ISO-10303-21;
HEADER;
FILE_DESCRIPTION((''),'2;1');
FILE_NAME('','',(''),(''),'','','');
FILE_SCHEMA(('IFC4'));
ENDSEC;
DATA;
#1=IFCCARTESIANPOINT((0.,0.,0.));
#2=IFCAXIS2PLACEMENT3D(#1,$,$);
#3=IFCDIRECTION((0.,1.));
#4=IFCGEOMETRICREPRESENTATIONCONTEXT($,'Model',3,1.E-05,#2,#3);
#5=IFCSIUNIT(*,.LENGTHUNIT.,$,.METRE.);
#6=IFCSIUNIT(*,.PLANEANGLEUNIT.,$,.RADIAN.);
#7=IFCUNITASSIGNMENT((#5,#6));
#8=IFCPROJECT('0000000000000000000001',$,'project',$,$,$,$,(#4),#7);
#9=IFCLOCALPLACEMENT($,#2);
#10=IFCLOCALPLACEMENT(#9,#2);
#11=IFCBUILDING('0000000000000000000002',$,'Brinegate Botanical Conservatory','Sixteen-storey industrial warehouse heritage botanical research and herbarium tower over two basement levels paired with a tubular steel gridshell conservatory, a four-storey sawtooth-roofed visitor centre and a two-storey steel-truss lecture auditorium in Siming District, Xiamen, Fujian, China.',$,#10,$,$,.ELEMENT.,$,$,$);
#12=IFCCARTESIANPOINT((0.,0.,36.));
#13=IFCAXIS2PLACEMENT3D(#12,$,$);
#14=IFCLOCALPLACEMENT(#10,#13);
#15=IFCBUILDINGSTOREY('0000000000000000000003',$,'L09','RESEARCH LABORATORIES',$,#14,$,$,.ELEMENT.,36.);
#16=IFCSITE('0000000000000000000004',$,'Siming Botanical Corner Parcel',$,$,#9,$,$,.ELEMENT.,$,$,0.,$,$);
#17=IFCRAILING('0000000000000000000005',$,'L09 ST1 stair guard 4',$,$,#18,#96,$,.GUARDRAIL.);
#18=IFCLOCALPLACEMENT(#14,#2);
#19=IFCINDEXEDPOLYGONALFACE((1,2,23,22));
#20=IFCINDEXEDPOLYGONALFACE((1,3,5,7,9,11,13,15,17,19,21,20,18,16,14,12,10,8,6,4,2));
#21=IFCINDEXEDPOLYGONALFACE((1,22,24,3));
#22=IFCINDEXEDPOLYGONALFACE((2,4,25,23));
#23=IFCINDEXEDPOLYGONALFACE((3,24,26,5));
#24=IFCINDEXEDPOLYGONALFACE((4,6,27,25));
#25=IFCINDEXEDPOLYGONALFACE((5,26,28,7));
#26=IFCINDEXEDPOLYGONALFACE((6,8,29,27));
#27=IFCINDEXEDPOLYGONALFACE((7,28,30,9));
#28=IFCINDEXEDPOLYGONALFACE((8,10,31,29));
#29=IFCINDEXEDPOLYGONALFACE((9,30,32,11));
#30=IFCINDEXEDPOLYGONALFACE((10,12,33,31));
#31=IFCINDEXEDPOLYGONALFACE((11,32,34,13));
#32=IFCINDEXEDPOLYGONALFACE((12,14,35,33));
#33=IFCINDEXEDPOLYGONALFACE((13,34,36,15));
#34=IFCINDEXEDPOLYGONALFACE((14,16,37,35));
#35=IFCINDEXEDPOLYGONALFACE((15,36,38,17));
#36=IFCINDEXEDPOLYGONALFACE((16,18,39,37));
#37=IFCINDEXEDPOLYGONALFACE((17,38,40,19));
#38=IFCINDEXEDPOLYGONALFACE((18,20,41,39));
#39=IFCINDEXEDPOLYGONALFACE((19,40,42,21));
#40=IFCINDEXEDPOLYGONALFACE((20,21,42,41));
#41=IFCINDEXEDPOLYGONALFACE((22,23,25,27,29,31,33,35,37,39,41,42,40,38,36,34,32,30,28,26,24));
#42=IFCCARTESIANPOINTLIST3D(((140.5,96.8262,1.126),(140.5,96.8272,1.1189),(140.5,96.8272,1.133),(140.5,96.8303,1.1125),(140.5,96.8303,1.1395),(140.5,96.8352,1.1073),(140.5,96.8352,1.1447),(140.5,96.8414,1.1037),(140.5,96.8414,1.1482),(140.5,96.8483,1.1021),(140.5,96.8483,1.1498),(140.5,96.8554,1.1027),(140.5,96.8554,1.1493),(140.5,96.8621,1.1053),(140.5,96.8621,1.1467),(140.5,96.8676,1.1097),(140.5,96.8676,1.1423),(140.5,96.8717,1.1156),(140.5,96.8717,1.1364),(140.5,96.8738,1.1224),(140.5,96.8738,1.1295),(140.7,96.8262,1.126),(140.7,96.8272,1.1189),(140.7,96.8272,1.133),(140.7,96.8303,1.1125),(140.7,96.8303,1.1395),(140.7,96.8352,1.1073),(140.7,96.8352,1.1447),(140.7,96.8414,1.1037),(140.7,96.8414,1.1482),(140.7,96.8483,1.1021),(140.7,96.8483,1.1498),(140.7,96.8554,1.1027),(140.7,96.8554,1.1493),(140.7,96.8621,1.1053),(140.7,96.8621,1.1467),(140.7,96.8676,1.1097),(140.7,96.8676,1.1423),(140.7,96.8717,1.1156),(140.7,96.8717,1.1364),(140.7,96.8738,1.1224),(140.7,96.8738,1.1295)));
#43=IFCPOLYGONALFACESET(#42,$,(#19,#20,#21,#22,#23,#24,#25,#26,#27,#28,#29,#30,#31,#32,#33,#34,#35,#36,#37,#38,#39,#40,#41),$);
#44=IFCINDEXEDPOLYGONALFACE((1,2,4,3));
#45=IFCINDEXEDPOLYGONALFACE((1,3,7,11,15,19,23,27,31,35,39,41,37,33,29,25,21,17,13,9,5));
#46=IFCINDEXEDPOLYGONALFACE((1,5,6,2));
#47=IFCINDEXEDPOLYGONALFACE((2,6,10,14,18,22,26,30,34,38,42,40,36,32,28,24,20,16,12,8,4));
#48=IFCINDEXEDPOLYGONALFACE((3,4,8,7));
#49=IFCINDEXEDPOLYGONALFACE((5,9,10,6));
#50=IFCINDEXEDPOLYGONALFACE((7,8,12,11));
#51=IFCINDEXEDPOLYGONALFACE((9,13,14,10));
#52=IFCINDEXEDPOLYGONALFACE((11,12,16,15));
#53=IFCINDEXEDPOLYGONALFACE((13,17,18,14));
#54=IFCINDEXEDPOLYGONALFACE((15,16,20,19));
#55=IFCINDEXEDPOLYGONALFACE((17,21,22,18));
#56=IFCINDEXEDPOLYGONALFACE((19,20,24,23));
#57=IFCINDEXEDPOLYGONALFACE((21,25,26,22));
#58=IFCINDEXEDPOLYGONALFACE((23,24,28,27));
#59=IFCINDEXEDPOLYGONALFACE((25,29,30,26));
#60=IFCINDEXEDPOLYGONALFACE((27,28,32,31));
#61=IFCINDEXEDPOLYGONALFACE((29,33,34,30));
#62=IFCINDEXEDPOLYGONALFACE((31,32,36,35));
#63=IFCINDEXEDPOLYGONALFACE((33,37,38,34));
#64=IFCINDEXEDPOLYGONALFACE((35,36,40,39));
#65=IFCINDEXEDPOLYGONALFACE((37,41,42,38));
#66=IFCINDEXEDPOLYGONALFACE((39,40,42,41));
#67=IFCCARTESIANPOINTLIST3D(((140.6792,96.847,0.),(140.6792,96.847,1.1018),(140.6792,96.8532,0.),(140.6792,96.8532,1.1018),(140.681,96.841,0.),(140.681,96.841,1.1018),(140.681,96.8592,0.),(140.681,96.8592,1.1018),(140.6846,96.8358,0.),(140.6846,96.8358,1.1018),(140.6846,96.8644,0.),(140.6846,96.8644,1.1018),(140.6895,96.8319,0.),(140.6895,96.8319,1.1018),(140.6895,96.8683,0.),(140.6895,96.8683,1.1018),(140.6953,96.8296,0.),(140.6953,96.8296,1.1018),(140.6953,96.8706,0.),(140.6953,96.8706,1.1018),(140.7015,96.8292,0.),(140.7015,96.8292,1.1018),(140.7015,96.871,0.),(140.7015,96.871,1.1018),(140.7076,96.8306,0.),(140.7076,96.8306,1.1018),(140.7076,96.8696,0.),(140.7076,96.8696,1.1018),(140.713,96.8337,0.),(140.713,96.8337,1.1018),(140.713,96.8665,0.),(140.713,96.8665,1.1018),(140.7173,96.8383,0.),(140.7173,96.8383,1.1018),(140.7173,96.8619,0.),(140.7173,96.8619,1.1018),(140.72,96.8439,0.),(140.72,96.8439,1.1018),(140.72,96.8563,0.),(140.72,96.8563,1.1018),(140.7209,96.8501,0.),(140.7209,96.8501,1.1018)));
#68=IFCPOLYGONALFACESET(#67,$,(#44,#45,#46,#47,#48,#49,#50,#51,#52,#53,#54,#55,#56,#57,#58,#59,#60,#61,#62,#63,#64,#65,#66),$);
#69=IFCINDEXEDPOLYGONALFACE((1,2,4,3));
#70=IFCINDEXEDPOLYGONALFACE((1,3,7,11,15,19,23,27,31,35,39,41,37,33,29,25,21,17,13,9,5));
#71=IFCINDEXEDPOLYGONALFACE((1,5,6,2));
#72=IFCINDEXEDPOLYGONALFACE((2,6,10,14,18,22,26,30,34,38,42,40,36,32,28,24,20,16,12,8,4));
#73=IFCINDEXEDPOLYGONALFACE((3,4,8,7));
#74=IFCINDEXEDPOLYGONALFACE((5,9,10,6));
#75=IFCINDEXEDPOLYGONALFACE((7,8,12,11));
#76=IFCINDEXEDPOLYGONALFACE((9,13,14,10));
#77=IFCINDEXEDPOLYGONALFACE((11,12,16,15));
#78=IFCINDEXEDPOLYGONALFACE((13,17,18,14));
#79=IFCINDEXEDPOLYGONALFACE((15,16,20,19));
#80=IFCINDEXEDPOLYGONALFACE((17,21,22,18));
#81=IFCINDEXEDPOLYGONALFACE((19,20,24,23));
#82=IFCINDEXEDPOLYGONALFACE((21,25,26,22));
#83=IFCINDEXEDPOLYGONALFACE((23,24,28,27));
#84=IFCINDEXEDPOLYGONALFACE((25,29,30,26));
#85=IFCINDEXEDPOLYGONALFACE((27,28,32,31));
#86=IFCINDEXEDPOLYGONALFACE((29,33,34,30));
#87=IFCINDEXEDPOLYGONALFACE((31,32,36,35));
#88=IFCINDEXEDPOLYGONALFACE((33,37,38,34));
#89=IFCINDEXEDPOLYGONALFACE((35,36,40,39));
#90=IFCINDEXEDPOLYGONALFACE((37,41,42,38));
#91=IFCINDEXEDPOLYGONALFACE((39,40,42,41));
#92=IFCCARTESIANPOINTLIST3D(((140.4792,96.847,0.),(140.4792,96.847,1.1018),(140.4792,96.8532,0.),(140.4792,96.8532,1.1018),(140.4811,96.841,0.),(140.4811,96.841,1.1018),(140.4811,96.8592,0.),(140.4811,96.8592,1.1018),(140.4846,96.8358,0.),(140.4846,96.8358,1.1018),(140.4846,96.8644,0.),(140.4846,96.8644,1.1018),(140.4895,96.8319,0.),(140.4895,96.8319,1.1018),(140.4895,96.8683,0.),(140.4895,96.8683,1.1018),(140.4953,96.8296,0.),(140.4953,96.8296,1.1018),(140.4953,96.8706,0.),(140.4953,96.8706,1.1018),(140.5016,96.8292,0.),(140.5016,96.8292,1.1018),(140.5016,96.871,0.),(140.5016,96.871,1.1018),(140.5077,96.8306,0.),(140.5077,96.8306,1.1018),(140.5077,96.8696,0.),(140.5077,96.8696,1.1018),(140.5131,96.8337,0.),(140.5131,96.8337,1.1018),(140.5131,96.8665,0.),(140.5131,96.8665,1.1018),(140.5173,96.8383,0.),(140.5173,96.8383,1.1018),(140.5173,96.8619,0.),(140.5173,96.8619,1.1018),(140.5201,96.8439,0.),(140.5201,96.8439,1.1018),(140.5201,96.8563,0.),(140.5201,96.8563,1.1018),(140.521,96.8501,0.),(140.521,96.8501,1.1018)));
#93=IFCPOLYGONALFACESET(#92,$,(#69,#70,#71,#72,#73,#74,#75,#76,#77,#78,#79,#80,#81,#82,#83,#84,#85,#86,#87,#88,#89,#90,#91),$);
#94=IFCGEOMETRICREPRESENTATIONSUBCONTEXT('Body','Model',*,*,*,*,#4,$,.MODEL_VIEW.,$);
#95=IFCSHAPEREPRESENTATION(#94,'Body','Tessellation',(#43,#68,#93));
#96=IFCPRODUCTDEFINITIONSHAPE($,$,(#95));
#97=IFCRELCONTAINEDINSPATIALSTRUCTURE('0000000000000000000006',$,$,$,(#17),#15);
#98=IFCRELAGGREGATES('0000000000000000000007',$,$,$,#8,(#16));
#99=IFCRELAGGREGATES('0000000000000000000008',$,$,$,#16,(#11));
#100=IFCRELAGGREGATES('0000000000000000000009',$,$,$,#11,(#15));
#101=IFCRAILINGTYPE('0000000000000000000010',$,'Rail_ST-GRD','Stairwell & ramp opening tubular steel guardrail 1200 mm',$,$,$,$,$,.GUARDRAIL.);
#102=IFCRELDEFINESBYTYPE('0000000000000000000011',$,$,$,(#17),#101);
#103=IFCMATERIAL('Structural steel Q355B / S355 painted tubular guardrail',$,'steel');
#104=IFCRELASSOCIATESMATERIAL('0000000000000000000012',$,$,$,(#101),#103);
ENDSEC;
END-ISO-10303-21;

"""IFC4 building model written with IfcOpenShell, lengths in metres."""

from ifc_helpers import new_model, si_unit, direction, frame, origin, origin_2d, place, context, subcontext, project, spatial, circle, extrude, material, type_object, element, save


model = new_model("IFC4")

# Units and contexts
model_context = context("Model", 3, precision=1e-05, world=origin(), true_north=direction((0.0, 1.0)))
body_context = subcontext(model_context, "Body", "Model", "MODEL_VIEW")
ifc_project = project(units=[si_unit("LENGTHUNIT", "METRE"), si_unit("PLANEANGLEUNIT", "RADIAN")], contexts=[model_context])

# Site, building, storey
site_placement = place(None, origin())
site = spatial("IfcSite", under=ifc_project, at=site_placement, Name="Siming Botanical Corner Parcel", CompositionType="ELEMENT", RefElevation=0.0)
building_placement = place(site_placement, origin())
building = spatial("IfcBuilding", under=site, at=building_placement, Name="Brinegate Botanical Conservatory", Description="Sixteen-storey industrial warehouse heritage botanical research and herbarium tower over two basement levels paired with a tubular steel gridshell conservatory, a four-storey sawtooth-roofed visitor centre and a two-storey steel-truss lecture auditorium in Siming District, Xiamen, Fujian, China.", CompositionType="ELEMENT")
storey_placement = place(building_placement, frame((0.0, 0.0, 36.0)))
storey = spatial("IfcBuildingStorey", under=building, at=storey_placement, Name="L09", Description="RESEARCH LABORATORIES", CompositionType="ELEMENT", Elevation=36.0)

# Railing
ifc_material_1 = material(Name="Structural steel Q355B / S355 painted tubular guardrail", Category="steel")
railing_type_1 = type_object("IfcRailingType", Name="Rail_ST-GRD", Description="Stairwell & ramp opening tubular steel guardrail 1200 mm", PredefinedType="GUARDRAIL", material=ifc_material_1)
railing_1_placement = place(storey_placement, frame((140.7, 96.8501, 0.0)))
element("IfcRailing", 1, at=railing_1_placement, inside=storey, type_object=railing_type_1, Name="L09 ST1 stair guard 4", PredefinedType="GUARDRAIL", context=body_context, shape_type="SweptSolid", body=[
    extrude(circle(Radius=0.0239, at=origin_2d()), frame((0.0, 0.0, 1.126), z_axis=(-1.0, 0.0, 0.0), x_axis=(0.0, -1.0, 0.0)), (0.0, 0.0, 1.0), 0.2),
    extrude(circle(Radius=0.021, at=origin_2d()), origin(), (0.0, 0.0, 1.0), 1.1018),
    extrude(circle(Radius=0.021, at=origin_2d()), frame((-0.2, 0.0, 0.0)), (0.0, 0.0, 1.0), 1.1018),
])

save(model, "model.ifc")
